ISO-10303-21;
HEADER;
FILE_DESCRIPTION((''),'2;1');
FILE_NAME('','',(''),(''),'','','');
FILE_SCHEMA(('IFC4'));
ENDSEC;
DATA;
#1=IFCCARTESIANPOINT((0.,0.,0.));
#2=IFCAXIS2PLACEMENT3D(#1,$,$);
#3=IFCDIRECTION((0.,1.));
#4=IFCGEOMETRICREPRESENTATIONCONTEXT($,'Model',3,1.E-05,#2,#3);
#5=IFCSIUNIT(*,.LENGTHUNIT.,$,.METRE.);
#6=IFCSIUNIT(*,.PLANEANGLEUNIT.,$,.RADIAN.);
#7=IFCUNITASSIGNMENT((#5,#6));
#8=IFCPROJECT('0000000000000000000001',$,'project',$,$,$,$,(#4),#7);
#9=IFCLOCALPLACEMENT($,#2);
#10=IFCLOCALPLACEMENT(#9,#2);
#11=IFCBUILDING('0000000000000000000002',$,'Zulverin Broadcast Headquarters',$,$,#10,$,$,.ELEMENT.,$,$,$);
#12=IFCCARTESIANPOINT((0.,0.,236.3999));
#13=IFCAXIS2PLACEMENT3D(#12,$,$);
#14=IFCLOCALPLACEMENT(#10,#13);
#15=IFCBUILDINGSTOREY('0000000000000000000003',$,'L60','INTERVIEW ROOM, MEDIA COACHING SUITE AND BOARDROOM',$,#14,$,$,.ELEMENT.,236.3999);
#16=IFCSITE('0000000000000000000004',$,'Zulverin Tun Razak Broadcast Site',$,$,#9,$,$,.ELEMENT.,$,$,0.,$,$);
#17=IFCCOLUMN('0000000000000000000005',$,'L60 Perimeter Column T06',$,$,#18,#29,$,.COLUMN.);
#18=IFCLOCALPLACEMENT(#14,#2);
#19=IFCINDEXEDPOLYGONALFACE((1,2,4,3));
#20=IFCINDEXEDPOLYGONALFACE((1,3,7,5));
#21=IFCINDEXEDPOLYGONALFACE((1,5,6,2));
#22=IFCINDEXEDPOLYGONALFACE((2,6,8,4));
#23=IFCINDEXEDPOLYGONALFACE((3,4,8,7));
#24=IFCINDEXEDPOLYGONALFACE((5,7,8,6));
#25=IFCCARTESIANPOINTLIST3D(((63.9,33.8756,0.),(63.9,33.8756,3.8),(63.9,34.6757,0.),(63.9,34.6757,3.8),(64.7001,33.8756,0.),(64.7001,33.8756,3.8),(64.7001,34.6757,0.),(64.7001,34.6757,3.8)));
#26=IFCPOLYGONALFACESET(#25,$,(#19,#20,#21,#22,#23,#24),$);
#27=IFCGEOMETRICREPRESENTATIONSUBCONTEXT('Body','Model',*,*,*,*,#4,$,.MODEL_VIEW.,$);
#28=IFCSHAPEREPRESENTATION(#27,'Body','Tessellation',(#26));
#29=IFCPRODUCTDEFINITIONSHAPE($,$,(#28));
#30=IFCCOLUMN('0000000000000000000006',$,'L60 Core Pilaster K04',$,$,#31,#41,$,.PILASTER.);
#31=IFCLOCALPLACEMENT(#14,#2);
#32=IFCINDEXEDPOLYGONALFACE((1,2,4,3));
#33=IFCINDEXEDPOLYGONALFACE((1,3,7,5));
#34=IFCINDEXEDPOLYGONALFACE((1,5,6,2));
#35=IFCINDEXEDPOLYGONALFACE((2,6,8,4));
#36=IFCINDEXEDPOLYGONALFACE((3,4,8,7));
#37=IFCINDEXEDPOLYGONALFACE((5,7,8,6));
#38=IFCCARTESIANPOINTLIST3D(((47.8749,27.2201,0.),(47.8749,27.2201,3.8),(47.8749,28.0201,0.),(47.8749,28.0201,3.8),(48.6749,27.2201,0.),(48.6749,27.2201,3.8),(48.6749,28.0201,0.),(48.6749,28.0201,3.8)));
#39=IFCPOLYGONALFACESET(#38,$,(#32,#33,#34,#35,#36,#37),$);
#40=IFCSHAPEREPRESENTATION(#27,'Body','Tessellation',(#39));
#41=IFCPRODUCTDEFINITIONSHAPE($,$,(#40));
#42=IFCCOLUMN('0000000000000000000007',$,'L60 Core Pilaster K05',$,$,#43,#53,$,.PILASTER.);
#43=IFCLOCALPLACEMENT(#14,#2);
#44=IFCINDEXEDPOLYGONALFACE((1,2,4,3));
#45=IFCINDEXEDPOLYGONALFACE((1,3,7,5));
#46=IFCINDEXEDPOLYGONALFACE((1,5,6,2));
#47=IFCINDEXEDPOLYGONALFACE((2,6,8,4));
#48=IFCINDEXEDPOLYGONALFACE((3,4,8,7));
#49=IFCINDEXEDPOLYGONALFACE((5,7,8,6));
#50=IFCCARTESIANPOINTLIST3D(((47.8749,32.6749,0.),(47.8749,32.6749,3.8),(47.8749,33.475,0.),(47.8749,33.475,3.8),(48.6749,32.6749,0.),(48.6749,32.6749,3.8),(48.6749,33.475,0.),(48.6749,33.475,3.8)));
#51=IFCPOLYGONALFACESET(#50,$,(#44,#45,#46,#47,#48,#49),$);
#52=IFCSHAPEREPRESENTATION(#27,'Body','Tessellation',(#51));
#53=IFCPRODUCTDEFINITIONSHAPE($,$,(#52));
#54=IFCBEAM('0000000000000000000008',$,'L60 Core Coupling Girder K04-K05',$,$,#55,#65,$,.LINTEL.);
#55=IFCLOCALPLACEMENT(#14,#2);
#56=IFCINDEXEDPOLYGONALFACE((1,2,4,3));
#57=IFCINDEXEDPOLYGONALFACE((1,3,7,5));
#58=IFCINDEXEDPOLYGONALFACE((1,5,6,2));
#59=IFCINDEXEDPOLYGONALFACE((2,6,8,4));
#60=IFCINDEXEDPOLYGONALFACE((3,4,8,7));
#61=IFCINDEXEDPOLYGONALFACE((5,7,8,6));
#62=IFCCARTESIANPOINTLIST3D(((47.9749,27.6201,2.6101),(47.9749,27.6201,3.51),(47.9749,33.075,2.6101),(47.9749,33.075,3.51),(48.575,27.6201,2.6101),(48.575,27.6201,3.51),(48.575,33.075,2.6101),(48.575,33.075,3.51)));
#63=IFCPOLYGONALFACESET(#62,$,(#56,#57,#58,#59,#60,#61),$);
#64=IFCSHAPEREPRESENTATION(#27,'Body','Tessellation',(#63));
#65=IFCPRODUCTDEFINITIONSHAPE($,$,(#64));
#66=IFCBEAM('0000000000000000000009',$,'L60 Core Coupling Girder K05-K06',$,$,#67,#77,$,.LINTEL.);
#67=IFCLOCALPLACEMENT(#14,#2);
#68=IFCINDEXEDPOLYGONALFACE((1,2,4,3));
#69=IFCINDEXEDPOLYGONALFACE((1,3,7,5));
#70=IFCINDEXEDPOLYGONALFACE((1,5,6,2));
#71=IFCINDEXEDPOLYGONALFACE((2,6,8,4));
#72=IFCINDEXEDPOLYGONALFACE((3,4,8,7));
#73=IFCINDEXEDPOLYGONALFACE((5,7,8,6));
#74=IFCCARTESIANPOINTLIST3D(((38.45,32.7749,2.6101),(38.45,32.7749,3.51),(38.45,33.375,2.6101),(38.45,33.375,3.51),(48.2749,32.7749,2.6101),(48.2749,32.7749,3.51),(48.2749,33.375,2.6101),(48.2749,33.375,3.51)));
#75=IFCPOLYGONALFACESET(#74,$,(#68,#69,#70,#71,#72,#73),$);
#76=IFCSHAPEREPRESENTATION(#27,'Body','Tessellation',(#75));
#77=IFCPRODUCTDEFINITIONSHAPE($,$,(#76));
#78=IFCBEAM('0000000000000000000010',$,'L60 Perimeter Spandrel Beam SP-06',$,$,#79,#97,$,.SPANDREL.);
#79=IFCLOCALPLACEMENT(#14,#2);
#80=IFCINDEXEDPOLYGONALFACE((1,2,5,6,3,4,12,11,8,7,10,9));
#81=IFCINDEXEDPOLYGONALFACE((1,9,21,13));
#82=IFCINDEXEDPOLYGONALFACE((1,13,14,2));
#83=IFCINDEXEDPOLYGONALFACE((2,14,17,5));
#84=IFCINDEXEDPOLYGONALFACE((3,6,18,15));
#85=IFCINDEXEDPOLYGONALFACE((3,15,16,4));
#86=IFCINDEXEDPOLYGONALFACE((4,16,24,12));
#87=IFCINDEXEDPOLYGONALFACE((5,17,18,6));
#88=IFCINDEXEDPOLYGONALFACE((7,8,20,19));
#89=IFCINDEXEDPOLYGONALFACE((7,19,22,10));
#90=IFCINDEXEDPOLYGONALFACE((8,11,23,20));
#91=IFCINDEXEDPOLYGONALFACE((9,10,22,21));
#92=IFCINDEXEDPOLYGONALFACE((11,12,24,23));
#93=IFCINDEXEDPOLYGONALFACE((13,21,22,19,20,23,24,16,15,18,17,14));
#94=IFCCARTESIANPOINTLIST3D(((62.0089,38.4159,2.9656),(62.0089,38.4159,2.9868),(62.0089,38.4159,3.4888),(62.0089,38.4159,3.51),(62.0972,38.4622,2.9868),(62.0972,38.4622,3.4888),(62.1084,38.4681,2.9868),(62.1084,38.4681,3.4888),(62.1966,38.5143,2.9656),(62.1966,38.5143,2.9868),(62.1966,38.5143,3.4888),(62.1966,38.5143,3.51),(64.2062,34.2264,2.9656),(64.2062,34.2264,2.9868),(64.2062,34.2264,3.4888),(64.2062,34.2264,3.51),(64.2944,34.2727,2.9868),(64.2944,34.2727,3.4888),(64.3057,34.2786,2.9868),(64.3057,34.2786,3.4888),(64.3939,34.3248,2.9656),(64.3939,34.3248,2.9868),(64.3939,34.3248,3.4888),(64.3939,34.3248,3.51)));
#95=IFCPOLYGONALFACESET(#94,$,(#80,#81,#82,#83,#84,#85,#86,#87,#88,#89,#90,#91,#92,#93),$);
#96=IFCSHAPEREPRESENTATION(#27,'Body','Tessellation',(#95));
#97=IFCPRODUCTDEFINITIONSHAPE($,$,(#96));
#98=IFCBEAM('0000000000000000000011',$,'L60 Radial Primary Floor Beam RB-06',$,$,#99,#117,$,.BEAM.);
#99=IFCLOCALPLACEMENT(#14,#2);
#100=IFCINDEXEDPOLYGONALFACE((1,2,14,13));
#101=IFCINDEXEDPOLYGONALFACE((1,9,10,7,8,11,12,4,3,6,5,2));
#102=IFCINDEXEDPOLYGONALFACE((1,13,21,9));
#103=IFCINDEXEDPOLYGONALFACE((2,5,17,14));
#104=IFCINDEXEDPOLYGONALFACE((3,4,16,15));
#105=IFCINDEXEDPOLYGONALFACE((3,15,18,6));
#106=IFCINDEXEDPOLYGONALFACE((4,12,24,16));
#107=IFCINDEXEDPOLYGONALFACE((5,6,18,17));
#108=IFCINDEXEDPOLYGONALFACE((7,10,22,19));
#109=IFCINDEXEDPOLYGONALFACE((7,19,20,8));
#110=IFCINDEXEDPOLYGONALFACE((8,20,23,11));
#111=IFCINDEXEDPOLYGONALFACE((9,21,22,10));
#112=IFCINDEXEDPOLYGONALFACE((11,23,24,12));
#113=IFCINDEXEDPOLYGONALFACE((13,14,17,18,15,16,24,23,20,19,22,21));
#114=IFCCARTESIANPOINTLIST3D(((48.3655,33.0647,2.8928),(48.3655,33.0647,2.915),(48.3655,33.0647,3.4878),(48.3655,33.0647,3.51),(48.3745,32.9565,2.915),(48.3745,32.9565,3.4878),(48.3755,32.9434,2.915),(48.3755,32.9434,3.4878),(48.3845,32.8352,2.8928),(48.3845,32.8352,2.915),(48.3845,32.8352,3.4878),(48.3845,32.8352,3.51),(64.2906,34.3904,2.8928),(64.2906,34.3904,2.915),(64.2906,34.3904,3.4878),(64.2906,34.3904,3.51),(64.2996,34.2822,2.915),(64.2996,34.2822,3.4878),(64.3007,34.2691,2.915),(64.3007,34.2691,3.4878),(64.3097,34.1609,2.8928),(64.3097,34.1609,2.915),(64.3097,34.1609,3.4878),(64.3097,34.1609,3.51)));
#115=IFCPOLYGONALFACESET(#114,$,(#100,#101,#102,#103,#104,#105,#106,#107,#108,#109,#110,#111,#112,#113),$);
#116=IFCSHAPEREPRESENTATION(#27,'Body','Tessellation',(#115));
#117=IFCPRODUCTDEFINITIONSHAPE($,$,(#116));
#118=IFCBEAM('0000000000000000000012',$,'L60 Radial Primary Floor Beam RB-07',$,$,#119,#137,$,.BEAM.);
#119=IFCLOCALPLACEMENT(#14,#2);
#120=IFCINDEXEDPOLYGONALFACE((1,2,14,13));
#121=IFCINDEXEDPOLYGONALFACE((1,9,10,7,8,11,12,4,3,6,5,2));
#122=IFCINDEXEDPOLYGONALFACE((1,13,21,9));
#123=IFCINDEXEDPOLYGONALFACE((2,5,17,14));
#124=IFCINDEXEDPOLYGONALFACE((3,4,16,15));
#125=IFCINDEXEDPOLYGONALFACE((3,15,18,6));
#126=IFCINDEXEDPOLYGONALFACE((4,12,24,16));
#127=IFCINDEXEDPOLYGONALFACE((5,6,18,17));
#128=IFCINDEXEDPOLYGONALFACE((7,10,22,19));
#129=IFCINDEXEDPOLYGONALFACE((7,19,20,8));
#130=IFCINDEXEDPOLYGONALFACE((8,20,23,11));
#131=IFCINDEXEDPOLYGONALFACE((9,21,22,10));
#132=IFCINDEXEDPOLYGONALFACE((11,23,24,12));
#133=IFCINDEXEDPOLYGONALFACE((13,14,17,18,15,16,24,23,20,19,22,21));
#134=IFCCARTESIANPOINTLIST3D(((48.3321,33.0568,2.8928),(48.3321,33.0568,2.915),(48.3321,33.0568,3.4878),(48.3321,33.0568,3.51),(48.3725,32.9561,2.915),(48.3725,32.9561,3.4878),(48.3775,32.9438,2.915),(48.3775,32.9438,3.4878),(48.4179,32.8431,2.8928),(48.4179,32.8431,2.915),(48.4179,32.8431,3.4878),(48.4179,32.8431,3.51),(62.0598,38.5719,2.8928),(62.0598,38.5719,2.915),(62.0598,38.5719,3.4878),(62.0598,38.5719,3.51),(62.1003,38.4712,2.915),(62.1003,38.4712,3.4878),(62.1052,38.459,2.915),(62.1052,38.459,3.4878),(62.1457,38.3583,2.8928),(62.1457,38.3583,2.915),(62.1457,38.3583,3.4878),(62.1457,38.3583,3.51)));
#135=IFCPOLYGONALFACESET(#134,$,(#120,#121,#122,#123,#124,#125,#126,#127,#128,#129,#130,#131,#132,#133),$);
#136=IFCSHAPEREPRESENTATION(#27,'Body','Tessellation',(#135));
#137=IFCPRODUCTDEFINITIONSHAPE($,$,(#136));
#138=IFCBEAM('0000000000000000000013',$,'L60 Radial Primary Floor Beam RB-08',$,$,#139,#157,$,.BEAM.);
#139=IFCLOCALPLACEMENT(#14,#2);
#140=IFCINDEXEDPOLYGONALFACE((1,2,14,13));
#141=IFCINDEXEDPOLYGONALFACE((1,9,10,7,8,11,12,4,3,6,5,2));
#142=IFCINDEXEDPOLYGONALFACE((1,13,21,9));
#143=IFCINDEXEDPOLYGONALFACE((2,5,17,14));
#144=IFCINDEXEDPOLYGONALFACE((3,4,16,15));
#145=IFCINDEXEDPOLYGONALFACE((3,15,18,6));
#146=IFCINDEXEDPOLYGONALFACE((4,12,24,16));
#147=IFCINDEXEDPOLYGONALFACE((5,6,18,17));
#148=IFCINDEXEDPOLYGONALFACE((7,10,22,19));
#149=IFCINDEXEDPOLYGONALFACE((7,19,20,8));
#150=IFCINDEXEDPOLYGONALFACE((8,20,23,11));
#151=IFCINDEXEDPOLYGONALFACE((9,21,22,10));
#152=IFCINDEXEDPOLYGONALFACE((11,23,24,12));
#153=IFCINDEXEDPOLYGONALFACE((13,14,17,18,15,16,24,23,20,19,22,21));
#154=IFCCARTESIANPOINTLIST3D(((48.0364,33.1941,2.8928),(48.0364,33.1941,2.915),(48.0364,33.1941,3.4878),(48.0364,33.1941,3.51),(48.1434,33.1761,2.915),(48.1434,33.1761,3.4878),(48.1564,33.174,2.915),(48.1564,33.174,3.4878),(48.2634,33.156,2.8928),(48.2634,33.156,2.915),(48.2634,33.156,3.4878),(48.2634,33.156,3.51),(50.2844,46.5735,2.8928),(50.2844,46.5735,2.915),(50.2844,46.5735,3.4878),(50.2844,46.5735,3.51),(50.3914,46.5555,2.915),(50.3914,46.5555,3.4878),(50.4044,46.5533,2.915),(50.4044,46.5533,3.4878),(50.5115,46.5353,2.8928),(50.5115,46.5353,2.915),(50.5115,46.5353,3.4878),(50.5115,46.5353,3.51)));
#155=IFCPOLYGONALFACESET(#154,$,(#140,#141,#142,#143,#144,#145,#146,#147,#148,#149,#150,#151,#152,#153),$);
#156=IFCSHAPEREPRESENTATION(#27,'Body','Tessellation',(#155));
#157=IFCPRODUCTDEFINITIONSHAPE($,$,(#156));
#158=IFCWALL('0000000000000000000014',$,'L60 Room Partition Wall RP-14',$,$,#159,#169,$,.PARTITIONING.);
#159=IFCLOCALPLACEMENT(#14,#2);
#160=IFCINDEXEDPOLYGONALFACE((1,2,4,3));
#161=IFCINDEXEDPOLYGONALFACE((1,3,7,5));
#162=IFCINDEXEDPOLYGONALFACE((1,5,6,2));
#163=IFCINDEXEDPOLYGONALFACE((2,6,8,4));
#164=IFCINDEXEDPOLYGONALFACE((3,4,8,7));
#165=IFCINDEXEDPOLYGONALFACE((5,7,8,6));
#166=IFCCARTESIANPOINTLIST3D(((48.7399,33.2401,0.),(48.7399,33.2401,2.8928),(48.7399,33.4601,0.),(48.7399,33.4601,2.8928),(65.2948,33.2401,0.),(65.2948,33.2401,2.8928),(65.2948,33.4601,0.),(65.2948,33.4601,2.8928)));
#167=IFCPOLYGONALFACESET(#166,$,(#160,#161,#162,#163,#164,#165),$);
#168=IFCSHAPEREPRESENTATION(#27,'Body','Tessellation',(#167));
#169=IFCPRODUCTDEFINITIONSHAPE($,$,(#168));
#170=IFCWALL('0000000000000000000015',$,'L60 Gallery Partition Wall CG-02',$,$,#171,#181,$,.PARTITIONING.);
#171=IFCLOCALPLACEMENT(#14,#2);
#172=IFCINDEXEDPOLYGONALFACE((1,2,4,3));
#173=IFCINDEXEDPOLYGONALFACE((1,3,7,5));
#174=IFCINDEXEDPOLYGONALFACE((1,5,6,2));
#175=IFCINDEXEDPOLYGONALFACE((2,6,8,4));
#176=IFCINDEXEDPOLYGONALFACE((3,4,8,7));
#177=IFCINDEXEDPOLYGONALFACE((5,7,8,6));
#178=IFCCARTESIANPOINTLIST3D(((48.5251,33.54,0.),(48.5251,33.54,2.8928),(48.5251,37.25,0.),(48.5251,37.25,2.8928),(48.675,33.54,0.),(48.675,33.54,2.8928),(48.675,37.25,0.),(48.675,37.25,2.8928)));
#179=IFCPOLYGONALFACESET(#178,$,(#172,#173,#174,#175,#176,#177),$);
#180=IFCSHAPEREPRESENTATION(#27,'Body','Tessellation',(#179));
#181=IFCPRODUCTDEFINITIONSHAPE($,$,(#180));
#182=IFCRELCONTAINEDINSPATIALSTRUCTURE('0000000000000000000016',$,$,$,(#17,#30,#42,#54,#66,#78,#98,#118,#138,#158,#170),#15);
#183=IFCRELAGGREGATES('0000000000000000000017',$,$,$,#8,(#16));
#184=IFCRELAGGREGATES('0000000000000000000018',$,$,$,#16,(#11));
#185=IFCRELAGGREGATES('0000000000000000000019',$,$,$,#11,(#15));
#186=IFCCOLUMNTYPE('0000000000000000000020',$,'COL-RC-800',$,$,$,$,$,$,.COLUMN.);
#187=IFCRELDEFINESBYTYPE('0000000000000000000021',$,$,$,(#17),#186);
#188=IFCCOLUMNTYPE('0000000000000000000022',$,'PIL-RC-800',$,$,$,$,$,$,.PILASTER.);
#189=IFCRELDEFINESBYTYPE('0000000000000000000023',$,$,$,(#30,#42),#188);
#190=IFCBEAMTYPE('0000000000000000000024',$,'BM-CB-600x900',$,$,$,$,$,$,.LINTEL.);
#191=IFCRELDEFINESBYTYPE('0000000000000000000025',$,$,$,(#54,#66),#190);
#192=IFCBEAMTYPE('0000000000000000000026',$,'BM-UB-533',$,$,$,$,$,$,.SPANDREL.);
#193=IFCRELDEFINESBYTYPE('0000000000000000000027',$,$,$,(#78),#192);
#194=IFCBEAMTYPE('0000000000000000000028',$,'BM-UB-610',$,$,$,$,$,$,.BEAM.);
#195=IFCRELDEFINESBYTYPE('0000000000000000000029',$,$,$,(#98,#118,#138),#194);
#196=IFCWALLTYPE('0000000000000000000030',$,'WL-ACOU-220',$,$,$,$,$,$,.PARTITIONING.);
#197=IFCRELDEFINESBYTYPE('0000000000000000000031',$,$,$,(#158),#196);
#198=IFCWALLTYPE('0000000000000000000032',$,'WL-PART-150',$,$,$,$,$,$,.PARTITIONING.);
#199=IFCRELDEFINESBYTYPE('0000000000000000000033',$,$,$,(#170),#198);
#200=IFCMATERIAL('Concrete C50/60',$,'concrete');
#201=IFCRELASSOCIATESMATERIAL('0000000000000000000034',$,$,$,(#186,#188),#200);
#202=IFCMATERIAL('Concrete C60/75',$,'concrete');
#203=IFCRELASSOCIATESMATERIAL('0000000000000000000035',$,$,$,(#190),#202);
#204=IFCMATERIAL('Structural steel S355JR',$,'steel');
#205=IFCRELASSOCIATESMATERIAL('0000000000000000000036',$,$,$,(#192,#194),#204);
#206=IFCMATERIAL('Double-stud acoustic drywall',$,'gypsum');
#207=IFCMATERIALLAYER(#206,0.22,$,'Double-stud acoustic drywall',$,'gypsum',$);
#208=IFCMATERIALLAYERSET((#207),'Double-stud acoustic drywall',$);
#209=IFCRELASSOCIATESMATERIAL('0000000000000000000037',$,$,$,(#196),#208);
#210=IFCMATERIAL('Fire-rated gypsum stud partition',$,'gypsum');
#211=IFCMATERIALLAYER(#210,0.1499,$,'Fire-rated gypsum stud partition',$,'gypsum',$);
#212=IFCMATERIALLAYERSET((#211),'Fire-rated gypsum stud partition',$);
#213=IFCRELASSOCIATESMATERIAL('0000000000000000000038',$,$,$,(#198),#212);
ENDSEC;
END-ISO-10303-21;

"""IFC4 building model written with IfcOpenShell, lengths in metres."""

from ifc_helpers import new_model, si_unit, direction, frame, frame_2d, origin, origin_2d, place, context, subcontext, project, spatial, rectangle, i_section, extrude, material, layer, layer_set, material_profile, profile_set, type_object, element, save


model = new_model("IFC4")

# Units and contexts
model_context = context("Model", 3, precision=1e-05, world=origin(), true_north=direction((0.0, 1.0)))
body_context = subcontext(model_context, "Body", "Model", "MODEL_VIEW")
ifc_project = project(units=[si_unit("LENGTHUNIT", "METRE"), si_unit("PLANEANGLEUNIT", "RADIAN")], contexts=[model_context])

# Site, building, storey
site_placement = place(None, origin())
site = spatial("IfcSite", under=ifc_project, at=site_placement, Name="Zulverin Tun Razak Broadcast Site", CompositionType="ELEMENT", RefElevation=0.0)
building_placement = place(site_placement, origin())
building = spatial("IfcBuilding", under=site, at=building_placement, Name="Zulverin Broadcast Headquarters", CompositionType="ELEMENT")
storey_placement = place(building_placement, frame((0.0, 0.0, 236.3999)))
storey = spatial("IfcBuildingStorey", under=building, at=storey_placement, Name="L60", Description="INTERVIEW ROOM, MEDIA COACHING SUITE AND BOARDROOM", CompositionType="ELEMENT", Elevation=236.3999)

# Columns
ifc_material_1 = material(Name="Concrete C50/60", Category="concrete")
ifc_material_profile_1 = material_profile(ifc_material_1, rectangle(XDim=0.8, YDim=0.8, at=origin_2d()), Name="Concrete C50/60", Category="concrete")
ifc_profile_set_1 = profile_set([ifc_material_profile_1], Name="Concrete C50/60")
column_type_1 = type_object("IfcColumnType", Name="COL-RC-800", PredefinedType="COLUMN", material=ifc_profile_set_1)
column_placement = place(storey_placement, frame((64.3, 34.2756, 0.0), z_axis=(0.0, 0.0, 1.0), x_axis=(1.0, 0.0, 0.0)))
element("IfcColumn", 1, at=column_placement, inside=storey, type_object=column_type_1, Name="L60 Perimeter Column T06", PredefinedType="COLUMN", context=body_context, shape_type="SweptSolid", body=[
    extrude(rectangle(XDim=0.8, YDim=0.8, at=origin_2d()), origin(), (0.0, 0.0, 1.0), 3.8),
])
ifc_material_profile_2 = material_profile(ifc_material_1, rectangle(XDim=0.8, YDim=0.8, at=origin_2d()), Name="Concrete C50/60", Category="concrete")
ifc_profile_set_2 = profile_set([ifc_material_profile_2], Name="Concrete C50/60")
column_type_2 = type_object("IfcColumnType", Name="PIL-RC-800", PredefinedType="PILASTER", material=ifc_profile_set_2)
for number, where, z_axis, x_axis, name in (
    (2, (48.2749, 27.6201, 0.0), (0.0, 0.0, 1.0), (1.0, 0.0, 0.0), "L60 Core Pilaster K04"),
    (3, (48.2749, 33.075, 0.0), (0.0, 0.0, 1.0), (1.0, 0.0, 0.0), "L60 Core Pilaster K05"),
):
    element("IfcColumn", number, at=place(storey_placement, frame(where, z_axis=z_axis, x_axis=x_axis)), inside=storey, type_object=column_type_2, Name=name, PredefinedType="PILASTER", context=body_context, shape_type="SweptSolid", body=[
        extrude(rectangle(XDim=0.8, YDim=0.8, at=origin_2d()), origin(), (0.0, 0.0, 1.0), 3.8),
    ])

# Beams
ifc_material_2 = material(Name="Concrete C60/75", Category="concrete")
ifc_material_profile_3 = material_profile(ifc_material_2, rectangle(XDim=0.6001, YDim=0.8999, at=origin_2d()), Name="Concrete C60/75", Category="concrete")
ifc_profile_set_3 = profile_set([ifc_material_profile_3], Name="Concrete C60/75")
beam_type_1 = type_object("IfcBeamType", Name="BM-CB-600x900", PredefinedType="LINTEL", material=ifc_profile_set_3)
beam_1_placement = place(storey_placement, frame((48.2749, 27.6201, 3.0601), z_axis=(0.0, 1.0, 0.0), x_axis=(-1.0, 0.0, 0.0)))
element("IfcBeam", 4, at=beam_1_placement, inside=storey, type_object=beam_type_1, Name="L60 Core Coupling Girder K04-K05", PredefinedType="LINTEL", context=body_context, shape_type="SweptSolid", body=[
    extrude(rectangle(XDim=0.6001, YDim=0.8999, at=origin_2d()), origin(), (0.0, 0.0, 1.0), 5.4548),
])
beam_2_placement = place(storey_placement, frame((48.2749, 33.075, 3.0601), z_axis=(-1.0, 0.0, 0.0), x_axis=(0.0, -1.0, 0.0)))
element("IfcBeam", 5, at=beam_2_placement, inside=storey, type_object=beam_type_1, Name="L60 Core Coupling Girder K05-K06", PredefinedType="LINTEL", context=body_context, shape_type="SweptSolid", body=[
    extrude(rectangle(XDim=0.6001, YDim=0.8999, at=origin_2d()), origin(), (0.0, 0.0, 1.0), 9.825),
])
ifc_material_3 = material(Name="Structural steel S355JR", Category="steel")
ifc_material_profile_4 = material_profile(ifc_material_3, i_section(OverallWidth=0.2119, OverallDepth=0.5444, WebThickness=0.0127, FlangeThickness=0.0212, at=origin_2d()), Name="Structural steel S355JR", Category="steel")
ifc_profile_set_4 = profile_set([ifc_material_profile_4], Name="Structural steel S355JR")
beam_type_2 = type_object("IfcBeamType", Name="BM-UB-533", PredefinedType="SPANDREL", material=ifc_profile_set_4)
beam_3_placement = place(storey_placement, frame((64.3, 34.2756, 3.2378), z_axis=(-0.46447, 0.885589, 0.0), x_axis=(-0.885589, -0.46447, 0.0)))
element("IfcBeam", 6, at=beam_3_placement, inside=storey, type_object=beam_type_2, Name="L60 Perimeter Spandrel Beam SP-06", PredefinedType="SPANDREL", context=body_context, shape_type="SweptSolid", body=[
    extrude(i_section(OverallWidth=0.2119, OverallDepth=0.5444, WebThickness=0.0127, FlangeThickness=0.0212, at=origin_2d()), origin(), (0.0, 0.0, 1.0), 4.7307),
])
ifc_material_profile_5 = material_profile(ifc_material_3, i_section(OverallWidth=0.2302, OverallDepth=0.6172, WebThickness=0.0132, FlangeThickness=0.0222, at=origin_2d()), Name="Structural steel S355JR", Category="steel")
ifc_profile_set_5 = profile_set([ifc_material_profile_5], Name="Structural steel S355JR")
beam_type_3 = type_object("IfcBeamType", Name="BM-UB-610", PredefinedType="BEAM", material=ifc_profile_set_5)
beam_4_placement = place(storey_placement, frame((48.375, 32.95, 3.2014), z_axis=(0.996553, 0.082958, 0.0), x_axis=(-0.082958, 0.996553, 0.0)))
element("IfcBeam", 7, at=beam_4_placement, inside=storey, type_object=beam_type_3, Name="L60 Radial Primary Floor Beam RB-06", PredefinedType="BEAM", context=body_context, shape_type="SweptSolid", body=[
    extrude(i_section(OverallWidth=0.2302, OverallDepth=0.6172, WebThickness=0.0132, FlangeThickness=0.0222, at=origin_2d()), origin(), (0.0, 0.0, 1.0), 15.9802),
])
beam_5_placement = place(storey_placement, frame((48.375, 32.95, 3.2014), z_axis=(0.927916, 0.37279, 0.0), x_axis=(-0.37279, 0.927916, 0.0)))
element("IfcBeam", 8, at=beam_5_placement, inside=storey, type_object=beam_type_3, Name="L60 Radial Primary Floor Beam RB-07", PredefinedType="BEAM", context=body_context, shape_type="SweptSolid", body=[
    extrude(i_section(OverallWidth=0.2302, OverallDepth=0.6172, WebThickness=0.0132, FlangeThickness=0.0222, at=origin_2d()), origin(), (0.0, 0.0, 1.0), 14.7942),
])
beam_6_placement = place(storey_placement, frame((48.1499, 33.175, 3.2014), z_axis=(0.1657, 0.986176, 0.0), x_axis=(-0.986176, 0.1657, 0.0)))
element("IfcBeam", 9, at=beam_6_placement, inside=storey, type_object=beam_type_3, Name="L60 Radial Primary Floor Beam RB-08", PredefinedType="BEAM", context=body_context, shape_type="SweptSolid", body=[
    extrude(i_section(OverallWidth=0.2302, OverallDepth=0.6172, WebThickness=0.0132, FlangeThickness=0.0222, at=origin_2d()), origin(), (0.0, 0.0, 1.0), 13.5669),
])

# Walls
ifc_material_4 = material(Name="Double-stud acoustic drywall", Category="gypsum")
ifc_layer_1 = layer(ifc_material_4, 0.22, Name="Double-stud acoustic drywall", Category="gypsum")
ifc_layer_set_1 = layer_set([ifc_layer_1], Name="Double-stud acoustic drywall")
wall_type_1 = type_object("IfcWallType", Name="WL-ACOU-220", PredefinedType="PARTITIONING", material=ifc_layer_set_1)
wall_1_placement = place(storey_placement, frame((48.74, 33.3501, 0.0), z_axis=(0.0, 0.0, 1.0), x_axis=(1.0, 0.0, 0.0)))
element("IfcWall", 10, at=wall_1_placement, inside=storey, type_object=wall_type_1, Name="L60 Room Partition Wall RP-14", PredefinedType="PARTITIONING", context=body_context, shape_type="SweptSolid", body=[
    extrude(rectangle(XDim=16.5549, YDim=0.22, at=frame_2d((8.2773, 0.0))), origin(), (0.0, 0.0, 1.0), 2.8928),
])
ifc_material_5 = material(Name="Fire-rated gypsum stud partition", Category="gypsum")
ifc_layer_2 = layer(ifc_material_5, 0.1499, Name="Fire-rated gypsum stud partition", Category="gypsum")
ifc_layer_set_2 = layer_set([ifc_layer_2], Name="Fire-rated gypsum stud partition")
wall_type_2 = type_object("IfcWallType", Name="WL-PART-150", PredefinedType="PARTITIONING", material=ifc_layer_set_2)
wall_2_placement = place(storey_placement, frame((48.6001, 33.54, 0.0), z_axis=(0.0, 0.0, 1.0), x_axis=(0.0, 1.0, 0.0)))
element("IfcWall", 11, at=wall_2_placement, inside=storey, type_object=wall_type_2, Name="L60 Gallery Partition Wall CG-02", PredefinedType="PARTITIONING", context=body_context, shape_type="SweptSolid", body=[
    extrude(rectangle(XDim=3.71, YDim=0.1499, at=frame_2d((1.855, 0.0))), origin(), (0.0, 0.0, 1.0), 2.8928),
])

save(model, "model.ifc")
